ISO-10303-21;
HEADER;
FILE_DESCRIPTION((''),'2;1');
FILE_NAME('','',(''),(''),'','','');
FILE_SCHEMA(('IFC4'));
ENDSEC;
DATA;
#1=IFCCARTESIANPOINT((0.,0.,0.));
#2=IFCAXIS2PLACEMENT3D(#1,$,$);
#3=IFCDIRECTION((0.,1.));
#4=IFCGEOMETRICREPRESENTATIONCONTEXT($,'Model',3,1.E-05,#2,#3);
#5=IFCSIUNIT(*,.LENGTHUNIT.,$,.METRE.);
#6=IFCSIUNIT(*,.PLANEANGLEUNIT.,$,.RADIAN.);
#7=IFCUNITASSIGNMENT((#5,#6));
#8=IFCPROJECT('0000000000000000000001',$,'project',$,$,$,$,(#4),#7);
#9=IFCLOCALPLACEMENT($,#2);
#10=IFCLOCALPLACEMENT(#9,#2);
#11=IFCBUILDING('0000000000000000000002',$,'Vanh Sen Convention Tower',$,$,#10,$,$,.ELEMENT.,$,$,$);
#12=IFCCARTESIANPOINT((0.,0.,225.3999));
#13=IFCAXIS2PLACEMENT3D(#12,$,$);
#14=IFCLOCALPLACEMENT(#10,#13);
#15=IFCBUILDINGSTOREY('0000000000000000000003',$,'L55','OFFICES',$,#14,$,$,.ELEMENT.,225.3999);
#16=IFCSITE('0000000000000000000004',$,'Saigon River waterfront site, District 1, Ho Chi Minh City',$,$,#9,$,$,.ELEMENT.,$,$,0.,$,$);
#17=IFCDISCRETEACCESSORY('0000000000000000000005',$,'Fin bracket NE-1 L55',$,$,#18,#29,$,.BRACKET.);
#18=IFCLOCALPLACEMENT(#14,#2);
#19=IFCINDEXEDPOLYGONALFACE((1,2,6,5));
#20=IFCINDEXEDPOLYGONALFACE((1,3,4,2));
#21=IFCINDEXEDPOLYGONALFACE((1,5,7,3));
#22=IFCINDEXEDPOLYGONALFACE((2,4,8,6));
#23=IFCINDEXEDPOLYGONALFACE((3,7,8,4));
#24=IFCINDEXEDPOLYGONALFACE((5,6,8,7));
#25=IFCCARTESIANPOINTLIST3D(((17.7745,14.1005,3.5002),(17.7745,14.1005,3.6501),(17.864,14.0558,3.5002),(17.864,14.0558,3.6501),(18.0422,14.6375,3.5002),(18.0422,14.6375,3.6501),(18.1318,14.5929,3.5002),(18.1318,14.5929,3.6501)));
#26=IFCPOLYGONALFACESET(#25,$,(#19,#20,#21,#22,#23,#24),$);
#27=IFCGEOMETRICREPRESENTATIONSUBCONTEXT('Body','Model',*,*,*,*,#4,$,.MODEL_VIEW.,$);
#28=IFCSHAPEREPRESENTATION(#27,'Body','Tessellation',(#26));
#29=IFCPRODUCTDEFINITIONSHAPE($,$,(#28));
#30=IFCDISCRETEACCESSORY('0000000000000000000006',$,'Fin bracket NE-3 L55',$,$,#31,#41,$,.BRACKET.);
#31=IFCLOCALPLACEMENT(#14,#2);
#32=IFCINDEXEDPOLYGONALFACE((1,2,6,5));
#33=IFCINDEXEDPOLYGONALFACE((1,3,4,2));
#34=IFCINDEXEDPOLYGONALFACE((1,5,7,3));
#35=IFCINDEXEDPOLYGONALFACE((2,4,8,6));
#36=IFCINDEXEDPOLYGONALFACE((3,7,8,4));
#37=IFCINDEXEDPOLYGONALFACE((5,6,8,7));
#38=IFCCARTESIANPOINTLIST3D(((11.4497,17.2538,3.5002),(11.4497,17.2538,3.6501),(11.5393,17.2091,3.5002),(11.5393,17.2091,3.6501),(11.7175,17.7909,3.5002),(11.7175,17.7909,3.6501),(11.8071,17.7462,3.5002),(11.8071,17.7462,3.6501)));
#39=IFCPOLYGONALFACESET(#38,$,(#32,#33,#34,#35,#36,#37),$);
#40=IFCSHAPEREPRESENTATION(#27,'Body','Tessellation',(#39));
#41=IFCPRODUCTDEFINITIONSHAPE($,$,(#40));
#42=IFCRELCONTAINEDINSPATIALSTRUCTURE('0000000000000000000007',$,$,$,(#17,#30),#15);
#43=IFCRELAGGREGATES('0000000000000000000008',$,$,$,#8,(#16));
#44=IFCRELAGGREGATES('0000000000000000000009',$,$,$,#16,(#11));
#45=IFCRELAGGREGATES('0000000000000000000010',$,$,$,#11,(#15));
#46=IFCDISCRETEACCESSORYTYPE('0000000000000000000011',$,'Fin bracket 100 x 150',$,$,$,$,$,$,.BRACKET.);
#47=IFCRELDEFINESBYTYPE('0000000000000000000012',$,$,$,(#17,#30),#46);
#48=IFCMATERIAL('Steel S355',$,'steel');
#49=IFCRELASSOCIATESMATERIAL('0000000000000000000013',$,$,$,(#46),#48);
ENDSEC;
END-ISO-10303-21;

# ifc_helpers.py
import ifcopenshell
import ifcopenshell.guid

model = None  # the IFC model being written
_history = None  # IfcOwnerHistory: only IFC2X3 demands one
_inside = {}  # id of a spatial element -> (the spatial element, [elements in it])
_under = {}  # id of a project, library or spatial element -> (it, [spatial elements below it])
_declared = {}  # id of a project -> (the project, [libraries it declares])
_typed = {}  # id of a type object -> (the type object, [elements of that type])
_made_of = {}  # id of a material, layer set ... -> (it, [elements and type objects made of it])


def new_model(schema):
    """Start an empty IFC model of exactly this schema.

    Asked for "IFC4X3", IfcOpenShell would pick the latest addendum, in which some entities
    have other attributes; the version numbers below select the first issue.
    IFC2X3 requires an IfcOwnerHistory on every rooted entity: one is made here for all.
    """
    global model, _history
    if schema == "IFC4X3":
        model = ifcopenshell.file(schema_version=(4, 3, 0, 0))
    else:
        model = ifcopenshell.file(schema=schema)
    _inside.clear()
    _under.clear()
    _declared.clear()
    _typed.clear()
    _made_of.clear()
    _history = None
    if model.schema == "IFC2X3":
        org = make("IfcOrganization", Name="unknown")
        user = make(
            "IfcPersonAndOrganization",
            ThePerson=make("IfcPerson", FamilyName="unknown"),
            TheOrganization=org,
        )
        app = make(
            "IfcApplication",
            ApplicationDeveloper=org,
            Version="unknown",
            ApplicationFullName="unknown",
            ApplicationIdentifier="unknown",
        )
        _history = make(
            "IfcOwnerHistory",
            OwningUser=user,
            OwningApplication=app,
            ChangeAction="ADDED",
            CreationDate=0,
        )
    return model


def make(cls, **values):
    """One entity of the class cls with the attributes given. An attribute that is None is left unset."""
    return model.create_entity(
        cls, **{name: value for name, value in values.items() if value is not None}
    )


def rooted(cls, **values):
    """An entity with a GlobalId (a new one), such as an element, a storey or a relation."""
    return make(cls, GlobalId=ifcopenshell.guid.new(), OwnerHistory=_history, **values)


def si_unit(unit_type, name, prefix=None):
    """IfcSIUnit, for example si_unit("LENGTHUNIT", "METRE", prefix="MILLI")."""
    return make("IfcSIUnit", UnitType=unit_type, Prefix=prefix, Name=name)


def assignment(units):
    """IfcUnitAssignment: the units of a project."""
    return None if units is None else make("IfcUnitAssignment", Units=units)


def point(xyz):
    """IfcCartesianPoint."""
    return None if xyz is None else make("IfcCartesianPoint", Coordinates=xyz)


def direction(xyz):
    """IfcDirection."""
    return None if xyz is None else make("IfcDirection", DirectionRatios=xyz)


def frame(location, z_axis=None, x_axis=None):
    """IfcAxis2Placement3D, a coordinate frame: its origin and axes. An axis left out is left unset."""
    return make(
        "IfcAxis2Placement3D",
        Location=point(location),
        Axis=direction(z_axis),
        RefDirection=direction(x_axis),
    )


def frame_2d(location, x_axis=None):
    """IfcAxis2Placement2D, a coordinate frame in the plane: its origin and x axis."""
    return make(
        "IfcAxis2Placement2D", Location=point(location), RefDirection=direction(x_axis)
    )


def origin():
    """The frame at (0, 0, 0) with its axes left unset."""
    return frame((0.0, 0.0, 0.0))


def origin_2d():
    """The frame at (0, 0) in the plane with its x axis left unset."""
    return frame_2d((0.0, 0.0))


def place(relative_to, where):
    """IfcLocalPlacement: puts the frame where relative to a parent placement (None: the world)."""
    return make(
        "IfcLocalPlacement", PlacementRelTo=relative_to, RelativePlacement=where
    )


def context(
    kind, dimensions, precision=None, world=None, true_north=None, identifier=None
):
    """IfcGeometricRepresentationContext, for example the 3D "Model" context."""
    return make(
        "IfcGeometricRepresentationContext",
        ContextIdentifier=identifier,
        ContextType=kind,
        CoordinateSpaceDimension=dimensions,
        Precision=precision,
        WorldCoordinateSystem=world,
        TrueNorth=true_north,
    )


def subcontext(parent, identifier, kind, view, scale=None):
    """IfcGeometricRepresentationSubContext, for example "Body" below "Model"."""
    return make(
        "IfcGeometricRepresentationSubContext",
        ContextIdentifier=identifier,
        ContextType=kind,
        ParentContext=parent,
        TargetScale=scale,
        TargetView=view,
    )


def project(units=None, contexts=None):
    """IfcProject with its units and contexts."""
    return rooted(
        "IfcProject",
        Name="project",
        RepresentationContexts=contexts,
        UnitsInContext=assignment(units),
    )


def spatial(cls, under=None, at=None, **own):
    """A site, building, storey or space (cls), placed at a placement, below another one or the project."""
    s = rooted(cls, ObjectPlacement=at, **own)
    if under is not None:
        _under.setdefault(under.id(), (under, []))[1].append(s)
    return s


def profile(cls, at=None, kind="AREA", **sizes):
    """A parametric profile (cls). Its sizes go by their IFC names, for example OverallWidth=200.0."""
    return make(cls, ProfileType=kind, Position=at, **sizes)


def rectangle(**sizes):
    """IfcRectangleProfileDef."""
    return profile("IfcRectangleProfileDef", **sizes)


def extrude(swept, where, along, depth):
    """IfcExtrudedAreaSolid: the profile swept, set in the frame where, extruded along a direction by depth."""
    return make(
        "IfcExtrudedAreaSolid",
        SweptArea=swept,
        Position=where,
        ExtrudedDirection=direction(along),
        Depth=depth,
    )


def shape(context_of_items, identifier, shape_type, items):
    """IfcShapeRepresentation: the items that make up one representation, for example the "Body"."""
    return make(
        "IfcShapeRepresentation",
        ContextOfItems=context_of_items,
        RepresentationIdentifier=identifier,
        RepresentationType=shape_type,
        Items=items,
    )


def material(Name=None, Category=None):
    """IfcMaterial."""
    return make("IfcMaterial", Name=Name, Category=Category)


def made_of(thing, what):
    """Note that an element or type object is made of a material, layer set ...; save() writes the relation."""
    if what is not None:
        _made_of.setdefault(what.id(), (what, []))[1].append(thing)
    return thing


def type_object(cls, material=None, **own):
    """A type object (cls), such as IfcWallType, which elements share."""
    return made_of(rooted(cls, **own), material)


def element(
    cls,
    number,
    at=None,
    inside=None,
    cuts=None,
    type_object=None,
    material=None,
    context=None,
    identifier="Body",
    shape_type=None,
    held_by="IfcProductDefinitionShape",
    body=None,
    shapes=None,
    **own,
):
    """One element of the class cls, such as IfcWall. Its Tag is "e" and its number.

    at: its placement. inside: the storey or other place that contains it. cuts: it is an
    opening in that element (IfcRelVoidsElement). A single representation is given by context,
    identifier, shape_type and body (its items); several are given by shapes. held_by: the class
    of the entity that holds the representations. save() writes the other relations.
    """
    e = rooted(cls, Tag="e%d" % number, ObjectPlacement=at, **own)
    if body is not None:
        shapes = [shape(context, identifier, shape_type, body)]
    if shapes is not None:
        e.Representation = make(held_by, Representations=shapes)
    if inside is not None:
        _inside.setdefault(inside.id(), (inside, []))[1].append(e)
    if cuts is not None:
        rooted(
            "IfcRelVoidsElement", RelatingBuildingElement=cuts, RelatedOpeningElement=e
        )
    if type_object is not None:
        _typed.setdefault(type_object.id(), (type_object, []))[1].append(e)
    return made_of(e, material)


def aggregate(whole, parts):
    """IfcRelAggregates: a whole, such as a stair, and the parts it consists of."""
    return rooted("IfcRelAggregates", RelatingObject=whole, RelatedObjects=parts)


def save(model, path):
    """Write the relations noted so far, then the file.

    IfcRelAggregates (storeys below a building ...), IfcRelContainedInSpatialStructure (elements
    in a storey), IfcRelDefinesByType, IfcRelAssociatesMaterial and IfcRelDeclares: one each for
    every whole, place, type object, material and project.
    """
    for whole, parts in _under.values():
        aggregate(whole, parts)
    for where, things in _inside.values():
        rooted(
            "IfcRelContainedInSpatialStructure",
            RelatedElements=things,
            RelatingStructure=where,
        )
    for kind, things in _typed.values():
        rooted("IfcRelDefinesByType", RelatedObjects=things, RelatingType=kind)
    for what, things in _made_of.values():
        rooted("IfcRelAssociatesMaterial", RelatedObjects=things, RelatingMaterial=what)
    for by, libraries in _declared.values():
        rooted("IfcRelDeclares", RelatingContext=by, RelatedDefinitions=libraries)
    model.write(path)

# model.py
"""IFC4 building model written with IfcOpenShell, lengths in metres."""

from ifc_helpers import new_model, si_unit, direction, frame, origin, origin_2d, place, context, subcontext, project, spatial, rectangle, extrude, material, type_object, element, save


model = new_model("IFC4")

# Units and contexts
model_context = context("Model", 3, precision=1e-05, world=origin(), true_north=direction((0.0, 1.0)))
body_context = subcontext(model_context, "Body", "Model", "MODEL_VIEW")
ifc_project = project(units=[si_unit("LENGTHUNIT", "METRE"), si_unit("PLANEANGLEUNIT", "RADIAN")], contexts=[model_context])

# Site, building, storey
site_placement = place(None, origin())
site = spatial("IfcSite", under=ifc_project, at=site_placement, Name="Saigon River waterfront site, District 1, Ho Chi Minh City", CompositionType="ELEMENT", RefElevation=0.0)
building_placement = place(site_placement, origin())
building = spatial("IfcBuilding", under=site, at=building_placement, Name="Vanh Sen Convention Tower", CompositionType="ELEMENT")
storey_placement = place(building_placement, frame((0.0, 0.0, 225.3999)))
storey = spatial("IfcBuildingStorey", under=building, at=storey_placement, Name="L55", Description="OFFICES", CompositionType="ELEMENT", Elevation=225.3999)

# Discrete accessories
ifc_material_1 = material(Name="Steel S355", Category="steel")
discrete_accessory_type = type_object("IfcDiscreteAccessoryType", Name="Fin bracket 100 x 150", PredefinedType="BRACKET", material=ifc_material_1)
for number, where, z_axis, x_axis, name in (
    (1, (17.9531, 14.3467, 3.5002), (0.0, 0.0, 1.0), (0.446198, 0.894934, 0.0), "Fin bracket NE-1 L55"),
    (2, (11.6284, 17.5, 3.5002), (0.0, 0.0, 1.0), (0.446198, 0.894934, 0.0), "Fin bracket NE-3 L55"),
):
    element("IfcDiscreteAccessory", number, at=place(storey_placement, frame(where, z_axis=z_axis, x_axis=x_axis)), inside=storey, type_object=discrete_accessory_type, Name=name, PredefinedType="BRACKET", context=body_context, shape_type="SweptSolid", body=[
        extrude(rectangle(XDim=0.6001, YDim=0.1001, at=origin_2d()), origin(), (0.0, 0.0, 1.0), 0.1499),
    ])

save(model, "model.ifc")
